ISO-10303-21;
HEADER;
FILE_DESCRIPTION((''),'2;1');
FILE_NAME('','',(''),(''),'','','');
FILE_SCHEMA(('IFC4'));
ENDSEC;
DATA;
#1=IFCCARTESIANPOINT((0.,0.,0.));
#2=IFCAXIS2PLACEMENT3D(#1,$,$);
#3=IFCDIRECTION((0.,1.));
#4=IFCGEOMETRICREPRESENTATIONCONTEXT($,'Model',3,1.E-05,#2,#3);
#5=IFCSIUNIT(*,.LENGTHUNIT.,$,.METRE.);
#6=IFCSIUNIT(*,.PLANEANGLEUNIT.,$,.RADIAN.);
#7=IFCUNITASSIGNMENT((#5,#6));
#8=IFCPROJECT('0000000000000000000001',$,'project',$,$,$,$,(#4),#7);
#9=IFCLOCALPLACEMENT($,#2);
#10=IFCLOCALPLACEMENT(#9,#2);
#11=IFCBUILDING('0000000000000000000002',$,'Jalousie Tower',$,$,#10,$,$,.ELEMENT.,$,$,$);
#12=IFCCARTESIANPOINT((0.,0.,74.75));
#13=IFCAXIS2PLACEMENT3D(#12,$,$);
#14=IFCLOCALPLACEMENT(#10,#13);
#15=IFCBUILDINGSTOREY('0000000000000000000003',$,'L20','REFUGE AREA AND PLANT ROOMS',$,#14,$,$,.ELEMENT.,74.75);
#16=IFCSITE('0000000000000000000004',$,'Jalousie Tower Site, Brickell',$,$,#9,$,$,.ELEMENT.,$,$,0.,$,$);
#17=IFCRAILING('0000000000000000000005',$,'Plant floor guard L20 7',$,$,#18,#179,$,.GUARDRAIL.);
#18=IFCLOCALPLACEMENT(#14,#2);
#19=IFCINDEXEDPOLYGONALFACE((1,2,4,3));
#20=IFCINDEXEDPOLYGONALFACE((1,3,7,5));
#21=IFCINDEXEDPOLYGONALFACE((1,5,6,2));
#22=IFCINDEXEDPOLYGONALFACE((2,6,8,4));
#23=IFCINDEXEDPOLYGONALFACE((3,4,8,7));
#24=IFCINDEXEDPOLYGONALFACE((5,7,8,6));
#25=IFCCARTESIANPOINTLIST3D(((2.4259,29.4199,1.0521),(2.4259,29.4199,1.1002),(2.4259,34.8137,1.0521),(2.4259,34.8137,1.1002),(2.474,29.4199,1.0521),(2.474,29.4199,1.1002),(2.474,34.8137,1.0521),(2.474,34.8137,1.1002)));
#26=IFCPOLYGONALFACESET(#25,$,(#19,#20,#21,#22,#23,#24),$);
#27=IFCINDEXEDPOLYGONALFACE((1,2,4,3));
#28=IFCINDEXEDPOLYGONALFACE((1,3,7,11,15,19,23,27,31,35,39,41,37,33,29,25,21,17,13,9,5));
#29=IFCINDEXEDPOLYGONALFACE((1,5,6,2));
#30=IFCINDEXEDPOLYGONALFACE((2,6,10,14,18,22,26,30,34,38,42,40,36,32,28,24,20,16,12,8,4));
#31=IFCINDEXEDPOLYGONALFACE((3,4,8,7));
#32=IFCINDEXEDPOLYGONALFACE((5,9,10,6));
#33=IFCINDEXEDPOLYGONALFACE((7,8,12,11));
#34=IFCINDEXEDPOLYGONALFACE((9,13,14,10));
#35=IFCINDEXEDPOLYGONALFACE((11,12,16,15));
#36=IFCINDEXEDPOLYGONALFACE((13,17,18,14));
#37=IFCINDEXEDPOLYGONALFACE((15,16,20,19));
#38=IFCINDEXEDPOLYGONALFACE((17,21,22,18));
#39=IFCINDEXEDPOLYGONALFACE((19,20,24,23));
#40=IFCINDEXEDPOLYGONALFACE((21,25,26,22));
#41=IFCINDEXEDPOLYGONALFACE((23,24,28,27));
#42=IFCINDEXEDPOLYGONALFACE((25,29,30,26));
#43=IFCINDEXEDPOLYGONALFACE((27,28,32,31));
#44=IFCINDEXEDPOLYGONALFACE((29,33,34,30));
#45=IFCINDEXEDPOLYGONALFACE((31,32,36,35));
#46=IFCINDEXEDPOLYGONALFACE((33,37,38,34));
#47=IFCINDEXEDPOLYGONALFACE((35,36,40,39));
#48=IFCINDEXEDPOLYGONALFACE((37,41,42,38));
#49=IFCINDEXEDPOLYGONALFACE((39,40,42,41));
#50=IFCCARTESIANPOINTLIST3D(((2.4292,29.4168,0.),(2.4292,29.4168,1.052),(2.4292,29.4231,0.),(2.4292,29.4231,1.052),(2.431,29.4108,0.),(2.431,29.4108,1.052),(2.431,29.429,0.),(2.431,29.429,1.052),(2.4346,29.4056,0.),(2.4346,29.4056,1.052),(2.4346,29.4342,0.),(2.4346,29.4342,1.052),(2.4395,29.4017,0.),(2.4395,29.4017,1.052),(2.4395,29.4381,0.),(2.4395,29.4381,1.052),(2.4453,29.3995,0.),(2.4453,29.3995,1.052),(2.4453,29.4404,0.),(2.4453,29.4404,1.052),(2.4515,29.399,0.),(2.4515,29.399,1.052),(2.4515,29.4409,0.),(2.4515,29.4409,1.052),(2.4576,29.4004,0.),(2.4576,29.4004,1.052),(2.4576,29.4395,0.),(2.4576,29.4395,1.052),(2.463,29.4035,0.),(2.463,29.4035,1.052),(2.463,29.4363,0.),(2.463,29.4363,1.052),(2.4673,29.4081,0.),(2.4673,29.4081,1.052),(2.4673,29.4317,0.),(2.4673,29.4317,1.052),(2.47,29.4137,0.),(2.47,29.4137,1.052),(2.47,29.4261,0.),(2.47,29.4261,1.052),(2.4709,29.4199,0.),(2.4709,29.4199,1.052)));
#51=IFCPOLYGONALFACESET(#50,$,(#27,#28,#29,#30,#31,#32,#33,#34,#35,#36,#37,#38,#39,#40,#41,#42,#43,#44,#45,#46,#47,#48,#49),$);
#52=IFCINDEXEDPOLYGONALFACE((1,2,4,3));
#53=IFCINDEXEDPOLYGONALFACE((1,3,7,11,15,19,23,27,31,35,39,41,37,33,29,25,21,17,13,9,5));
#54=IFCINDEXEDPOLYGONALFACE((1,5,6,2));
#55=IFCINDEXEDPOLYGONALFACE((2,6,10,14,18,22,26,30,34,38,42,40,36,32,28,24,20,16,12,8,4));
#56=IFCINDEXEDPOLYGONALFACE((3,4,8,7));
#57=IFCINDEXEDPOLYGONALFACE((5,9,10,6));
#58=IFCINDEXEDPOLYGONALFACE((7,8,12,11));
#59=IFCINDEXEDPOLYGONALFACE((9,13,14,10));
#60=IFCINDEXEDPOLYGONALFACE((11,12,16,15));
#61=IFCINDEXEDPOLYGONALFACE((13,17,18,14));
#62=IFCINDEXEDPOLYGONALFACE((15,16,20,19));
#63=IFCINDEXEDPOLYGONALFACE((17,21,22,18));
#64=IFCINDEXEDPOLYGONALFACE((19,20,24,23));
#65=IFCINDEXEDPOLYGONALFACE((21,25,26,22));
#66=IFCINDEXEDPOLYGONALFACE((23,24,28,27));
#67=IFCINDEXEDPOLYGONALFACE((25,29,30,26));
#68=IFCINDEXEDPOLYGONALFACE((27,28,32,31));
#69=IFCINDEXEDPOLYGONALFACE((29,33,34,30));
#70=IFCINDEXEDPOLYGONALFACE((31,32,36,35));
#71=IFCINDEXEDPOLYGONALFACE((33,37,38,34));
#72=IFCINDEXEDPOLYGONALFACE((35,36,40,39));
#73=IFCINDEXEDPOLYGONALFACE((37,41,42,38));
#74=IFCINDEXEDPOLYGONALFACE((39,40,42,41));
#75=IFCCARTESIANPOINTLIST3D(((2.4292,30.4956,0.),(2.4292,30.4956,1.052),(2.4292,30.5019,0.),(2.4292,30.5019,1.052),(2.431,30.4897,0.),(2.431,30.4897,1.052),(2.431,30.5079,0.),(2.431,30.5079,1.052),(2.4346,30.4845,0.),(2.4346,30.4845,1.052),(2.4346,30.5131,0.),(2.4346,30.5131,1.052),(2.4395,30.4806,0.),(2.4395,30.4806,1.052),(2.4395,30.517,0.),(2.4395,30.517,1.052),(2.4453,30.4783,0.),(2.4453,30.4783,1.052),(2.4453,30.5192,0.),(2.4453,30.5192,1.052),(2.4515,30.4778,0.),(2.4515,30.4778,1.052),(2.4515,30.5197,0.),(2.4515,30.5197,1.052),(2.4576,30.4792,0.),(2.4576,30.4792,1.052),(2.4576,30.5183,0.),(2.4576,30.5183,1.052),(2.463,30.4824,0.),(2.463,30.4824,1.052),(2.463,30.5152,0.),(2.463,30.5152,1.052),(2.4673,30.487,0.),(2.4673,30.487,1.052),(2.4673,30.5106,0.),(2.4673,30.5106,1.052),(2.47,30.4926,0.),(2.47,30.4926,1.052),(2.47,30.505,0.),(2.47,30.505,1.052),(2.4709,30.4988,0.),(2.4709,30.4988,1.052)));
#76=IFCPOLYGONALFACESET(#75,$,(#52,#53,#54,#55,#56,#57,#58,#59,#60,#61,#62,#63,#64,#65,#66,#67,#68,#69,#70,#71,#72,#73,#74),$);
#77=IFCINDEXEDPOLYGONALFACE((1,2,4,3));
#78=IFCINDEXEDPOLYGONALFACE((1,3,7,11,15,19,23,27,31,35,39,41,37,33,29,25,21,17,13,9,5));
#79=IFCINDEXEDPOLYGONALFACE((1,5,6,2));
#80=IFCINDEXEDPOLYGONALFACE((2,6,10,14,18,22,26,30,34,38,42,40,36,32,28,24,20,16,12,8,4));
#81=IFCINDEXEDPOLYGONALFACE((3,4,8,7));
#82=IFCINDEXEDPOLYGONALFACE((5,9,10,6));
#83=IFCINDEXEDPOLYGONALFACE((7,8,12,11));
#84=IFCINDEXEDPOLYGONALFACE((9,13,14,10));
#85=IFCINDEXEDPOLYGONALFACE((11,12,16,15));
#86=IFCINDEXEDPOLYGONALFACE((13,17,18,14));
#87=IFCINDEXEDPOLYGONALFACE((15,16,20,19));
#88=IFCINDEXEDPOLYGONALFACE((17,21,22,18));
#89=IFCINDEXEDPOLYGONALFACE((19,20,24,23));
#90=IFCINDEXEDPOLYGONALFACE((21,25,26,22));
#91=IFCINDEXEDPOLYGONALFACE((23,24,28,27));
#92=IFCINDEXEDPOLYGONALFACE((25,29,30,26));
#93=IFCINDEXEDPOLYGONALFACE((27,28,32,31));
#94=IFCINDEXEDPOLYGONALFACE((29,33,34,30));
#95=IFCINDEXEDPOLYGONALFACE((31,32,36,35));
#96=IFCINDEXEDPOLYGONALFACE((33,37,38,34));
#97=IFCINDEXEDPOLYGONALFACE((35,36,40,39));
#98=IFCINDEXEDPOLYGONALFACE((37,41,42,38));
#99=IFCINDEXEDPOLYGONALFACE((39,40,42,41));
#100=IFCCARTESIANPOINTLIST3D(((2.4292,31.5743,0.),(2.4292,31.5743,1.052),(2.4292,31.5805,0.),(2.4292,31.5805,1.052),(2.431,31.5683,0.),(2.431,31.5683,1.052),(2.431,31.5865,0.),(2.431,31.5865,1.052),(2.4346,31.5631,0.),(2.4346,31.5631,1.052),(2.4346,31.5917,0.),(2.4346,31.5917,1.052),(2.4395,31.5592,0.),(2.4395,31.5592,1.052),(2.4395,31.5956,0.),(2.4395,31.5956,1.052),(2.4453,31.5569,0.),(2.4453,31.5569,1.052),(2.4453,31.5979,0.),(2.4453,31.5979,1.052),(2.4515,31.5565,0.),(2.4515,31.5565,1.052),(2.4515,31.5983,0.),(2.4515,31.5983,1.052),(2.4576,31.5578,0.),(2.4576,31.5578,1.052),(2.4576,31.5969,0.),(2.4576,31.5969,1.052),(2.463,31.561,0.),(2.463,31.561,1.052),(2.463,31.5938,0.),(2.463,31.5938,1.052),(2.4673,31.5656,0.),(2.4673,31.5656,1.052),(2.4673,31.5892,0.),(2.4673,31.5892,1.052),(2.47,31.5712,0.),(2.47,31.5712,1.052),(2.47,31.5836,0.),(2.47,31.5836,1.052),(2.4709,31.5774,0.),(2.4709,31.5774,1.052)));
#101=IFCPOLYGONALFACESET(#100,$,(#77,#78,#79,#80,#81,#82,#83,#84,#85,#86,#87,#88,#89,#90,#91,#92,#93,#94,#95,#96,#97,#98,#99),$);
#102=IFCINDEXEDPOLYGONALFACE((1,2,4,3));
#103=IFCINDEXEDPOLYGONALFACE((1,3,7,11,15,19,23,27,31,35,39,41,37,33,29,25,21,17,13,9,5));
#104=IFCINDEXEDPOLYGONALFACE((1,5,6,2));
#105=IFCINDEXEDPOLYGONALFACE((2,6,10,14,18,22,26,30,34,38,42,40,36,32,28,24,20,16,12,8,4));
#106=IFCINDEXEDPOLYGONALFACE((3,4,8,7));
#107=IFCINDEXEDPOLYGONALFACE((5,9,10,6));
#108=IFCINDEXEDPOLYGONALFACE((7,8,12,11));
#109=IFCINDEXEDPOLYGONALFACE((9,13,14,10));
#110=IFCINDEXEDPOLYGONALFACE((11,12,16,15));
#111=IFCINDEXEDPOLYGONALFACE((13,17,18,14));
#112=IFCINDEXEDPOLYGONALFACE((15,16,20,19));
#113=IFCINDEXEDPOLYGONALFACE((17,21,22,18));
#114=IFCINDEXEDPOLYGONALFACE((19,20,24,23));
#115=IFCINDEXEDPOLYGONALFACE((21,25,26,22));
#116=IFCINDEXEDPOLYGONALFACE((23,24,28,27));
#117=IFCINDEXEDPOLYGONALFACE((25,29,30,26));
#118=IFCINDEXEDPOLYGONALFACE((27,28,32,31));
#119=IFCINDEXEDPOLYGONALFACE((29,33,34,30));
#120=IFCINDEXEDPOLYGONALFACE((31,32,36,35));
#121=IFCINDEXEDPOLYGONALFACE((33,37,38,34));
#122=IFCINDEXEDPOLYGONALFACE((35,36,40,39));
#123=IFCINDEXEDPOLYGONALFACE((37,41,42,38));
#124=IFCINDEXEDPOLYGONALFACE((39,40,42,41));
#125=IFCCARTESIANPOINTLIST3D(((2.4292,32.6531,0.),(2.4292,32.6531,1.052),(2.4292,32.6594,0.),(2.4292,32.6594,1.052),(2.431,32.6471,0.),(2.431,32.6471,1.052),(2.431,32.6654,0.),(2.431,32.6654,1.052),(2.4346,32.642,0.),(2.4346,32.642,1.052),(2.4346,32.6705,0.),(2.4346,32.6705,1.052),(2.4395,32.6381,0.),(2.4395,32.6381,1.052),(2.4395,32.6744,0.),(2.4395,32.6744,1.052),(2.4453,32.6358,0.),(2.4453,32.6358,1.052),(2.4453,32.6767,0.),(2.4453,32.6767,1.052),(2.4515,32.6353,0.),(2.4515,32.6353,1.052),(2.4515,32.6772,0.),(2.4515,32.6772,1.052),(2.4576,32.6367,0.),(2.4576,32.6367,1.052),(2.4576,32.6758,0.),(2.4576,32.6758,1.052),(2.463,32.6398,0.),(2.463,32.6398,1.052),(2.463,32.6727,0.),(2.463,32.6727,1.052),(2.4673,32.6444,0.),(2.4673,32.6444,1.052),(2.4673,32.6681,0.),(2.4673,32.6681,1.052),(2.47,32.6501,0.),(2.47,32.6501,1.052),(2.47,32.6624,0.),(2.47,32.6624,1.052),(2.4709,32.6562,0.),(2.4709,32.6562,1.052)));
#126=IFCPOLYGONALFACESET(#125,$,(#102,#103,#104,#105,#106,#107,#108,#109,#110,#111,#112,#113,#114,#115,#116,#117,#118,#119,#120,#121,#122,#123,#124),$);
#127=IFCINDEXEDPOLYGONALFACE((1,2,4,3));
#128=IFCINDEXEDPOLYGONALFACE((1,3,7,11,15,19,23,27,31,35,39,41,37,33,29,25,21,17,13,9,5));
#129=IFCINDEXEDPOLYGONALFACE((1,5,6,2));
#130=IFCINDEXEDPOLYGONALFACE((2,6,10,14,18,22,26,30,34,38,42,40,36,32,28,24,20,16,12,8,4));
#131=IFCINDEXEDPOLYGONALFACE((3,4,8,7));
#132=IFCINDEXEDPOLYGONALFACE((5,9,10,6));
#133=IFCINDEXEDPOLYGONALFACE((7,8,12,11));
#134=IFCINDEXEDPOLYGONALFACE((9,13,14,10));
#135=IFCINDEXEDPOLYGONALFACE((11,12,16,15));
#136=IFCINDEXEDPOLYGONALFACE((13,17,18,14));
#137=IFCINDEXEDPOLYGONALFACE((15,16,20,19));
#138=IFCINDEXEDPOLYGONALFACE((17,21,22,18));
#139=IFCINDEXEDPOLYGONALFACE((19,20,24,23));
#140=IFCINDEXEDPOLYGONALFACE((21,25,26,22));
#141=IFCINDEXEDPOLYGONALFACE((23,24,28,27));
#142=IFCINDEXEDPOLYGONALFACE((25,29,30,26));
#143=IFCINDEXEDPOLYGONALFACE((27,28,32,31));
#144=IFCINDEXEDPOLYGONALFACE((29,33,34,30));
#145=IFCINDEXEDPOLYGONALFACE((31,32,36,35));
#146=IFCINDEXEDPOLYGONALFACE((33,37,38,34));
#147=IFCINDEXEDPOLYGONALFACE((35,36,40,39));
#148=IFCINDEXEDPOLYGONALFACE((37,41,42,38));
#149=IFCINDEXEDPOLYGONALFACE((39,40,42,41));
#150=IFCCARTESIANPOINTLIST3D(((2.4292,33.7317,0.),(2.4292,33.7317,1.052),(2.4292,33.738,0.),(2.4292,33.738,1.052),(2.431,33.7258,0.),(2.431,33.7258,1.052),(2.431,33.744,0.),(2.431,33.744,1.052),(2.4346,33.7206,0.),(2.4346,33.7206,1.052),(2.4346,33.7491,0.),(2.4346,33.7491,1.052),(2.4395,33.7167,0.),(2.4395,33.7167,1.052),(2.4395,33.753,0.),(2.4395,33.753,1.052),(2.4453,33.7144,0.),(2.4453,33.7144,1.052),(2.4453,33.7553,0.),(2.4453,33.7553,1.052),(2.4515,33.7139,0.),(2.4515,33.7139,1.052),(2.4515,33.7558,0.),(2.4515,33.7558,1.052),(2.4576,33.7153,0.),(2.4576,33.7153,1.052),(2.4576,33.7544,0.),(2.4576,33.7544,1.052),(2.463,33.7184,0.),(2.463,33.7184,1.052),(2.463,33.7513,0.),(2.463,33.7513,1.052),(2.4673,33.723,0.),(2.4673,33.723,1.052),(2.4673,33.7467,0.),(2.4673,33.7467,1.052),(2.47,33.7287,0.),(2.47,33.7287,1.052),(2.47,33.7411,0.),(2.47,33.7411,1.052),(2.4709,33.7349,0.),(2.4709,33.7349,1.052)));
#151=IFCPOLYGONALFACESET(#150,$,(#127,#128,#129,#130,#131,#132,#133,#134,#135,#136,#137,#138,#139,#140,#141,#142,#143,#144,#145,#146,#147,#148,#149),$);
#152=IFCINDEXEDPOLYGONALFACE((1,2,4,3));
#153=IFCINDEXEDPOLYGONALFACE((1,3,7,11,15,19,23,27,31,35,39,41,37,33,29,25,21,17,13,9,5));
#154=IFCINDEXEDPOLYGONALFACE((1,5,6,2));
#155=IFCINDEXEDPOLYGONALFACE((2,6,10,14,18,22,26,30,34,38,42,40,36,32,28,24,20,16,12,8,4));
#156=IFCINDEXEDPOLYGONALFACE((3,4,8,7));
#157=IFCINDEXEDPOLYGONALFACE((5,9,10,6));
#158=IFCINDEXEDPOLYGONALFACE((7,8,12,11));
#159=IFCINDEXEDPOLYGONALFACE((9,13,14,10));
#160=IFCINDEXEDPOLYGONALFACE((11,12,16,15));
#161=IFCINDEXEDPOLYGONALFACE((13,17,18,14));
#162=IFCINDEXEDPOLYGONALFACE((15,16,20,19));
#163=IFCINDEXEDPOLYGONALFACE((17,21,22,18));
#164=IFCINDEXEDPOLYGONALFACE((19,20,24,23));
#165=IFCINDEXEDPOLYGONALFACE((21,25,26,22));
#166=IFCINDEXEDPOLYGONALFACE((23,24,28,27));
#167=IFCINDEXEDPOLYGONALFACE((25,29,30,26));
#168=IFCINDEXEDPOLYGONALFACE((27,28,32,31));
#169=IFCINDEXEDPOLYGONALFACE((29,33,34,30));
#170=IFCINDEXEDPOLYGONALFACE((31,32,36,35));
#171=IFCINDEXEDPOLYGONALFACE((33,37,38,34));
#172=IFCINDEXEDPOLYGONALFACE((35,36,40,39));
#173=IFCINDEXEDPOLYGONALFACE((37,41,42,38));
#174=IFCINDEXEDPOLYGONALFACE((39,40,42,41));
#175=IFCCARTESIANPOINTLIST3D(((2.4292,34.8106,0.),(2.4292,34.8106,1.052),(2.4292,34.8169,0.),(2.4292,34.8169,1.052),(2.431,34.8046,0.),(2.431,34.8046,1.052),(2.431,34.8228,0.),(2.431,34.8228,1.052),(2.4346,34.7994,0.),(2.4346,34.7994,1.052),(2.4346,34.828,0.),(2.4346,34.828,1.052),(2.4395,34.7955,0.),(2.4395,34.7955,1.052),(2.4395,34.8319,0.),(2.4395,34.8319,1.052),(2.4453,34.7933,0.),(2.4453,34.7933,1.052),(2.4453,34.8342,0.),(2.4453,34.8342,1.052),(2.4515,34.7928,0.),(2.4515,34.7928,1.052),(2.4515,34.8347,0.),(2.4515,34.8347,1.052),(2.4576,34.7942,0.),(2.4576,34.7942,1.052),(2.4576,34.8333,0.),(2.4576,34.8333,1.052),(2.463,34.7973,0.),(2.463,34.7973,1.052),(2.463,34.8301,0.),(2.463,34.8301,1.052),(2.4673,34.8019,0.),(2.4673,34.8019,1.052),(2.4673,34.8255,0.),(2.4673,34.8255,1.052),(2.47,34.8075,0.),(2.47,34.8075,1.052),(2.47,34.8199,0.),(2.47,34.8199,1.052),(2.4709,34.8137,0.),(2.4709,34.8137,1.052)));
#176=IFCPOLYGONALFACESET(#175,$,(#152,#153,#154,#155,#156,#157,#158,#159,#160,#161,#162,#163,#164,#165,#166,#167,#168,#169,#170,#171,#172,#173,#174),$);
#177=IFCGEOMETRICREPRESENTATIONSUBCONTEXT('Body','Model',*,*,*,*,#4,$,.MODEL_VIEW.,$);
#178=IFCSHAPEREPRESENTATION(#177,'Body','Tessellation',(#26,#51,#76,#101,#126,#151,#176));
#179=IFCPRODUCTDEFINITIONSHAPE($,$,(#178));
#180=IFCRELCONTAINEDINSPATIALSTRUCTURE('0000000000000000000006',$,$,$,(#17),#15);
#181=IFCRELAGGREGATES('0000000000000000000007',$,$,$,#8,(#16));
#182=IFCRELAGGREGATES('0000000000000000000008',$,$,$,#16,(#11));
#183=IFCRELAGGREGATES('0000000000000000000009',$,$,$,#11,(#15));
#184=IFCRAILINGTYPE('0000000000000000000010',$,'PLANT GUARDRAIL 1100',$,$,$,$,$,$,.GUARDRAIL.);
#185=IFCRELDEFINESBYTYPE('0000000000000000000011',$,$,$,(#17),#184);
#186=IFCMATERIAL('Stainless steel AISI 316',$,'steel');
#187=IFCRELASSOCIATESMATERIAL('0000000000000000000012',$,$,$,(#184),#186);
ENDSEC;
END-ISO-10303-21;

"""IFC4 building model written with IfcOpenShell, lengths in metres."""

from ifc_helpers import new_model, si_unit, direction, frame, origin, origin_2d, place, context, subcontext, project, spatial, rectangle, circle, extrude, material, type_object, element, save


model = new_model("IFC4")

# Units and contexts
model_context = context("Model", 3, precision=1e-05, world=origin(), true_north=direction((0.0, 1.0)))
body_context = subcontext(model_context, "Body", "Model", "MODEL_VIEW")
ifc_project = project(units=[si_unit("LENGTHUNIT", "METRE"), si_unit("PLANEANGLEUNIT", "RADIAN")], contexts=[model_context])

# Site, building, storey
site_placement = place(None, origin())
site = spatial("IfcSite", under=ifc_project, at=site_placement, Name="Jalousie Tower Site, Brickell", CompositionType="ELEMENT", RefElevation=0.0)
building_placement = place(site_placement, origin())
building = spatial("IfcBuilding", under=site, at=building_placement, Name="Jalousie Tower", CompositionType="ELEMENT")
storey_placement = place(building_placement, frame((0.0, 0.0, 74.75)))
storey = spatial("IfcBuildingStorey", under=building, at=storey_placement, Name="L20", Description="REFUGE AREA AND PLANT ROOMS", CompositionType="ELEMENT", Elevation=74.75)

# Railing
ifc_material_1 = material(Name="Stainless steel AISI 316", Category="steel")
railing_type = type_object("IfcRailingType", Name="PLANT GUARDRAIL 1100", PredefinedType="GUARDRAIL", material=ifc_material_1)
railing_1_placement = place(storey_placement, frame((2.45, 29.4199, 0.0)))
element("IfcRailing", 1, at=railing_1_placement, inside=storey, type_object=railing_type, Name="Plant floor guard L20 7", PredefinedType="GUARDRAIL", context=body_context, shape_type="SweptSolid", body=[
    extrude(rectangle(XDim=0.0481, YDim=0.0481, at=origin_2d()), frame((0.0, 0.0, 1.0762), z_axis=(0.0, 1.0, 0.0), x_axis=(-1.0, 0.0, 0.0)), (0.0, 0.0, 1.0), 5.3938),
    extrude(circle(Radius=0.021, at=origin_2d()), origin(), (0.0, 0.0, 1.0), 1.052),
    extrude(circle(Radius=0.021, at=origin_2d()), frame((0.0, 1.0789, 0.0)), (0.0, 0.0, 1.0), 1.052),
    extrude(circle(Radius=0.021, at=origin_2d()), frame((0.0, 2.1575, 0.0)), (0.0, 0.0, 1.0), 1.052),
    extrude(circle(Radius=0.021, at=origin_2d()), frame((0.0, 3.2363, 0.0)), (0.0, 0.0, 1.0), 1.052),
    extrude(circle(Radius=0.021, at=origin_2d()), frame((0.0, 4.3149, 0.0)), (0.0, 0.0, 1.0), 1.052),
    extrude(circle(Radius=0.021, at=origin_2d()), frame((0.0, 5.3938, 0.0)), (0.0, 0.0, 1.0), 1.052),
])

save(model, "model.ifc")
